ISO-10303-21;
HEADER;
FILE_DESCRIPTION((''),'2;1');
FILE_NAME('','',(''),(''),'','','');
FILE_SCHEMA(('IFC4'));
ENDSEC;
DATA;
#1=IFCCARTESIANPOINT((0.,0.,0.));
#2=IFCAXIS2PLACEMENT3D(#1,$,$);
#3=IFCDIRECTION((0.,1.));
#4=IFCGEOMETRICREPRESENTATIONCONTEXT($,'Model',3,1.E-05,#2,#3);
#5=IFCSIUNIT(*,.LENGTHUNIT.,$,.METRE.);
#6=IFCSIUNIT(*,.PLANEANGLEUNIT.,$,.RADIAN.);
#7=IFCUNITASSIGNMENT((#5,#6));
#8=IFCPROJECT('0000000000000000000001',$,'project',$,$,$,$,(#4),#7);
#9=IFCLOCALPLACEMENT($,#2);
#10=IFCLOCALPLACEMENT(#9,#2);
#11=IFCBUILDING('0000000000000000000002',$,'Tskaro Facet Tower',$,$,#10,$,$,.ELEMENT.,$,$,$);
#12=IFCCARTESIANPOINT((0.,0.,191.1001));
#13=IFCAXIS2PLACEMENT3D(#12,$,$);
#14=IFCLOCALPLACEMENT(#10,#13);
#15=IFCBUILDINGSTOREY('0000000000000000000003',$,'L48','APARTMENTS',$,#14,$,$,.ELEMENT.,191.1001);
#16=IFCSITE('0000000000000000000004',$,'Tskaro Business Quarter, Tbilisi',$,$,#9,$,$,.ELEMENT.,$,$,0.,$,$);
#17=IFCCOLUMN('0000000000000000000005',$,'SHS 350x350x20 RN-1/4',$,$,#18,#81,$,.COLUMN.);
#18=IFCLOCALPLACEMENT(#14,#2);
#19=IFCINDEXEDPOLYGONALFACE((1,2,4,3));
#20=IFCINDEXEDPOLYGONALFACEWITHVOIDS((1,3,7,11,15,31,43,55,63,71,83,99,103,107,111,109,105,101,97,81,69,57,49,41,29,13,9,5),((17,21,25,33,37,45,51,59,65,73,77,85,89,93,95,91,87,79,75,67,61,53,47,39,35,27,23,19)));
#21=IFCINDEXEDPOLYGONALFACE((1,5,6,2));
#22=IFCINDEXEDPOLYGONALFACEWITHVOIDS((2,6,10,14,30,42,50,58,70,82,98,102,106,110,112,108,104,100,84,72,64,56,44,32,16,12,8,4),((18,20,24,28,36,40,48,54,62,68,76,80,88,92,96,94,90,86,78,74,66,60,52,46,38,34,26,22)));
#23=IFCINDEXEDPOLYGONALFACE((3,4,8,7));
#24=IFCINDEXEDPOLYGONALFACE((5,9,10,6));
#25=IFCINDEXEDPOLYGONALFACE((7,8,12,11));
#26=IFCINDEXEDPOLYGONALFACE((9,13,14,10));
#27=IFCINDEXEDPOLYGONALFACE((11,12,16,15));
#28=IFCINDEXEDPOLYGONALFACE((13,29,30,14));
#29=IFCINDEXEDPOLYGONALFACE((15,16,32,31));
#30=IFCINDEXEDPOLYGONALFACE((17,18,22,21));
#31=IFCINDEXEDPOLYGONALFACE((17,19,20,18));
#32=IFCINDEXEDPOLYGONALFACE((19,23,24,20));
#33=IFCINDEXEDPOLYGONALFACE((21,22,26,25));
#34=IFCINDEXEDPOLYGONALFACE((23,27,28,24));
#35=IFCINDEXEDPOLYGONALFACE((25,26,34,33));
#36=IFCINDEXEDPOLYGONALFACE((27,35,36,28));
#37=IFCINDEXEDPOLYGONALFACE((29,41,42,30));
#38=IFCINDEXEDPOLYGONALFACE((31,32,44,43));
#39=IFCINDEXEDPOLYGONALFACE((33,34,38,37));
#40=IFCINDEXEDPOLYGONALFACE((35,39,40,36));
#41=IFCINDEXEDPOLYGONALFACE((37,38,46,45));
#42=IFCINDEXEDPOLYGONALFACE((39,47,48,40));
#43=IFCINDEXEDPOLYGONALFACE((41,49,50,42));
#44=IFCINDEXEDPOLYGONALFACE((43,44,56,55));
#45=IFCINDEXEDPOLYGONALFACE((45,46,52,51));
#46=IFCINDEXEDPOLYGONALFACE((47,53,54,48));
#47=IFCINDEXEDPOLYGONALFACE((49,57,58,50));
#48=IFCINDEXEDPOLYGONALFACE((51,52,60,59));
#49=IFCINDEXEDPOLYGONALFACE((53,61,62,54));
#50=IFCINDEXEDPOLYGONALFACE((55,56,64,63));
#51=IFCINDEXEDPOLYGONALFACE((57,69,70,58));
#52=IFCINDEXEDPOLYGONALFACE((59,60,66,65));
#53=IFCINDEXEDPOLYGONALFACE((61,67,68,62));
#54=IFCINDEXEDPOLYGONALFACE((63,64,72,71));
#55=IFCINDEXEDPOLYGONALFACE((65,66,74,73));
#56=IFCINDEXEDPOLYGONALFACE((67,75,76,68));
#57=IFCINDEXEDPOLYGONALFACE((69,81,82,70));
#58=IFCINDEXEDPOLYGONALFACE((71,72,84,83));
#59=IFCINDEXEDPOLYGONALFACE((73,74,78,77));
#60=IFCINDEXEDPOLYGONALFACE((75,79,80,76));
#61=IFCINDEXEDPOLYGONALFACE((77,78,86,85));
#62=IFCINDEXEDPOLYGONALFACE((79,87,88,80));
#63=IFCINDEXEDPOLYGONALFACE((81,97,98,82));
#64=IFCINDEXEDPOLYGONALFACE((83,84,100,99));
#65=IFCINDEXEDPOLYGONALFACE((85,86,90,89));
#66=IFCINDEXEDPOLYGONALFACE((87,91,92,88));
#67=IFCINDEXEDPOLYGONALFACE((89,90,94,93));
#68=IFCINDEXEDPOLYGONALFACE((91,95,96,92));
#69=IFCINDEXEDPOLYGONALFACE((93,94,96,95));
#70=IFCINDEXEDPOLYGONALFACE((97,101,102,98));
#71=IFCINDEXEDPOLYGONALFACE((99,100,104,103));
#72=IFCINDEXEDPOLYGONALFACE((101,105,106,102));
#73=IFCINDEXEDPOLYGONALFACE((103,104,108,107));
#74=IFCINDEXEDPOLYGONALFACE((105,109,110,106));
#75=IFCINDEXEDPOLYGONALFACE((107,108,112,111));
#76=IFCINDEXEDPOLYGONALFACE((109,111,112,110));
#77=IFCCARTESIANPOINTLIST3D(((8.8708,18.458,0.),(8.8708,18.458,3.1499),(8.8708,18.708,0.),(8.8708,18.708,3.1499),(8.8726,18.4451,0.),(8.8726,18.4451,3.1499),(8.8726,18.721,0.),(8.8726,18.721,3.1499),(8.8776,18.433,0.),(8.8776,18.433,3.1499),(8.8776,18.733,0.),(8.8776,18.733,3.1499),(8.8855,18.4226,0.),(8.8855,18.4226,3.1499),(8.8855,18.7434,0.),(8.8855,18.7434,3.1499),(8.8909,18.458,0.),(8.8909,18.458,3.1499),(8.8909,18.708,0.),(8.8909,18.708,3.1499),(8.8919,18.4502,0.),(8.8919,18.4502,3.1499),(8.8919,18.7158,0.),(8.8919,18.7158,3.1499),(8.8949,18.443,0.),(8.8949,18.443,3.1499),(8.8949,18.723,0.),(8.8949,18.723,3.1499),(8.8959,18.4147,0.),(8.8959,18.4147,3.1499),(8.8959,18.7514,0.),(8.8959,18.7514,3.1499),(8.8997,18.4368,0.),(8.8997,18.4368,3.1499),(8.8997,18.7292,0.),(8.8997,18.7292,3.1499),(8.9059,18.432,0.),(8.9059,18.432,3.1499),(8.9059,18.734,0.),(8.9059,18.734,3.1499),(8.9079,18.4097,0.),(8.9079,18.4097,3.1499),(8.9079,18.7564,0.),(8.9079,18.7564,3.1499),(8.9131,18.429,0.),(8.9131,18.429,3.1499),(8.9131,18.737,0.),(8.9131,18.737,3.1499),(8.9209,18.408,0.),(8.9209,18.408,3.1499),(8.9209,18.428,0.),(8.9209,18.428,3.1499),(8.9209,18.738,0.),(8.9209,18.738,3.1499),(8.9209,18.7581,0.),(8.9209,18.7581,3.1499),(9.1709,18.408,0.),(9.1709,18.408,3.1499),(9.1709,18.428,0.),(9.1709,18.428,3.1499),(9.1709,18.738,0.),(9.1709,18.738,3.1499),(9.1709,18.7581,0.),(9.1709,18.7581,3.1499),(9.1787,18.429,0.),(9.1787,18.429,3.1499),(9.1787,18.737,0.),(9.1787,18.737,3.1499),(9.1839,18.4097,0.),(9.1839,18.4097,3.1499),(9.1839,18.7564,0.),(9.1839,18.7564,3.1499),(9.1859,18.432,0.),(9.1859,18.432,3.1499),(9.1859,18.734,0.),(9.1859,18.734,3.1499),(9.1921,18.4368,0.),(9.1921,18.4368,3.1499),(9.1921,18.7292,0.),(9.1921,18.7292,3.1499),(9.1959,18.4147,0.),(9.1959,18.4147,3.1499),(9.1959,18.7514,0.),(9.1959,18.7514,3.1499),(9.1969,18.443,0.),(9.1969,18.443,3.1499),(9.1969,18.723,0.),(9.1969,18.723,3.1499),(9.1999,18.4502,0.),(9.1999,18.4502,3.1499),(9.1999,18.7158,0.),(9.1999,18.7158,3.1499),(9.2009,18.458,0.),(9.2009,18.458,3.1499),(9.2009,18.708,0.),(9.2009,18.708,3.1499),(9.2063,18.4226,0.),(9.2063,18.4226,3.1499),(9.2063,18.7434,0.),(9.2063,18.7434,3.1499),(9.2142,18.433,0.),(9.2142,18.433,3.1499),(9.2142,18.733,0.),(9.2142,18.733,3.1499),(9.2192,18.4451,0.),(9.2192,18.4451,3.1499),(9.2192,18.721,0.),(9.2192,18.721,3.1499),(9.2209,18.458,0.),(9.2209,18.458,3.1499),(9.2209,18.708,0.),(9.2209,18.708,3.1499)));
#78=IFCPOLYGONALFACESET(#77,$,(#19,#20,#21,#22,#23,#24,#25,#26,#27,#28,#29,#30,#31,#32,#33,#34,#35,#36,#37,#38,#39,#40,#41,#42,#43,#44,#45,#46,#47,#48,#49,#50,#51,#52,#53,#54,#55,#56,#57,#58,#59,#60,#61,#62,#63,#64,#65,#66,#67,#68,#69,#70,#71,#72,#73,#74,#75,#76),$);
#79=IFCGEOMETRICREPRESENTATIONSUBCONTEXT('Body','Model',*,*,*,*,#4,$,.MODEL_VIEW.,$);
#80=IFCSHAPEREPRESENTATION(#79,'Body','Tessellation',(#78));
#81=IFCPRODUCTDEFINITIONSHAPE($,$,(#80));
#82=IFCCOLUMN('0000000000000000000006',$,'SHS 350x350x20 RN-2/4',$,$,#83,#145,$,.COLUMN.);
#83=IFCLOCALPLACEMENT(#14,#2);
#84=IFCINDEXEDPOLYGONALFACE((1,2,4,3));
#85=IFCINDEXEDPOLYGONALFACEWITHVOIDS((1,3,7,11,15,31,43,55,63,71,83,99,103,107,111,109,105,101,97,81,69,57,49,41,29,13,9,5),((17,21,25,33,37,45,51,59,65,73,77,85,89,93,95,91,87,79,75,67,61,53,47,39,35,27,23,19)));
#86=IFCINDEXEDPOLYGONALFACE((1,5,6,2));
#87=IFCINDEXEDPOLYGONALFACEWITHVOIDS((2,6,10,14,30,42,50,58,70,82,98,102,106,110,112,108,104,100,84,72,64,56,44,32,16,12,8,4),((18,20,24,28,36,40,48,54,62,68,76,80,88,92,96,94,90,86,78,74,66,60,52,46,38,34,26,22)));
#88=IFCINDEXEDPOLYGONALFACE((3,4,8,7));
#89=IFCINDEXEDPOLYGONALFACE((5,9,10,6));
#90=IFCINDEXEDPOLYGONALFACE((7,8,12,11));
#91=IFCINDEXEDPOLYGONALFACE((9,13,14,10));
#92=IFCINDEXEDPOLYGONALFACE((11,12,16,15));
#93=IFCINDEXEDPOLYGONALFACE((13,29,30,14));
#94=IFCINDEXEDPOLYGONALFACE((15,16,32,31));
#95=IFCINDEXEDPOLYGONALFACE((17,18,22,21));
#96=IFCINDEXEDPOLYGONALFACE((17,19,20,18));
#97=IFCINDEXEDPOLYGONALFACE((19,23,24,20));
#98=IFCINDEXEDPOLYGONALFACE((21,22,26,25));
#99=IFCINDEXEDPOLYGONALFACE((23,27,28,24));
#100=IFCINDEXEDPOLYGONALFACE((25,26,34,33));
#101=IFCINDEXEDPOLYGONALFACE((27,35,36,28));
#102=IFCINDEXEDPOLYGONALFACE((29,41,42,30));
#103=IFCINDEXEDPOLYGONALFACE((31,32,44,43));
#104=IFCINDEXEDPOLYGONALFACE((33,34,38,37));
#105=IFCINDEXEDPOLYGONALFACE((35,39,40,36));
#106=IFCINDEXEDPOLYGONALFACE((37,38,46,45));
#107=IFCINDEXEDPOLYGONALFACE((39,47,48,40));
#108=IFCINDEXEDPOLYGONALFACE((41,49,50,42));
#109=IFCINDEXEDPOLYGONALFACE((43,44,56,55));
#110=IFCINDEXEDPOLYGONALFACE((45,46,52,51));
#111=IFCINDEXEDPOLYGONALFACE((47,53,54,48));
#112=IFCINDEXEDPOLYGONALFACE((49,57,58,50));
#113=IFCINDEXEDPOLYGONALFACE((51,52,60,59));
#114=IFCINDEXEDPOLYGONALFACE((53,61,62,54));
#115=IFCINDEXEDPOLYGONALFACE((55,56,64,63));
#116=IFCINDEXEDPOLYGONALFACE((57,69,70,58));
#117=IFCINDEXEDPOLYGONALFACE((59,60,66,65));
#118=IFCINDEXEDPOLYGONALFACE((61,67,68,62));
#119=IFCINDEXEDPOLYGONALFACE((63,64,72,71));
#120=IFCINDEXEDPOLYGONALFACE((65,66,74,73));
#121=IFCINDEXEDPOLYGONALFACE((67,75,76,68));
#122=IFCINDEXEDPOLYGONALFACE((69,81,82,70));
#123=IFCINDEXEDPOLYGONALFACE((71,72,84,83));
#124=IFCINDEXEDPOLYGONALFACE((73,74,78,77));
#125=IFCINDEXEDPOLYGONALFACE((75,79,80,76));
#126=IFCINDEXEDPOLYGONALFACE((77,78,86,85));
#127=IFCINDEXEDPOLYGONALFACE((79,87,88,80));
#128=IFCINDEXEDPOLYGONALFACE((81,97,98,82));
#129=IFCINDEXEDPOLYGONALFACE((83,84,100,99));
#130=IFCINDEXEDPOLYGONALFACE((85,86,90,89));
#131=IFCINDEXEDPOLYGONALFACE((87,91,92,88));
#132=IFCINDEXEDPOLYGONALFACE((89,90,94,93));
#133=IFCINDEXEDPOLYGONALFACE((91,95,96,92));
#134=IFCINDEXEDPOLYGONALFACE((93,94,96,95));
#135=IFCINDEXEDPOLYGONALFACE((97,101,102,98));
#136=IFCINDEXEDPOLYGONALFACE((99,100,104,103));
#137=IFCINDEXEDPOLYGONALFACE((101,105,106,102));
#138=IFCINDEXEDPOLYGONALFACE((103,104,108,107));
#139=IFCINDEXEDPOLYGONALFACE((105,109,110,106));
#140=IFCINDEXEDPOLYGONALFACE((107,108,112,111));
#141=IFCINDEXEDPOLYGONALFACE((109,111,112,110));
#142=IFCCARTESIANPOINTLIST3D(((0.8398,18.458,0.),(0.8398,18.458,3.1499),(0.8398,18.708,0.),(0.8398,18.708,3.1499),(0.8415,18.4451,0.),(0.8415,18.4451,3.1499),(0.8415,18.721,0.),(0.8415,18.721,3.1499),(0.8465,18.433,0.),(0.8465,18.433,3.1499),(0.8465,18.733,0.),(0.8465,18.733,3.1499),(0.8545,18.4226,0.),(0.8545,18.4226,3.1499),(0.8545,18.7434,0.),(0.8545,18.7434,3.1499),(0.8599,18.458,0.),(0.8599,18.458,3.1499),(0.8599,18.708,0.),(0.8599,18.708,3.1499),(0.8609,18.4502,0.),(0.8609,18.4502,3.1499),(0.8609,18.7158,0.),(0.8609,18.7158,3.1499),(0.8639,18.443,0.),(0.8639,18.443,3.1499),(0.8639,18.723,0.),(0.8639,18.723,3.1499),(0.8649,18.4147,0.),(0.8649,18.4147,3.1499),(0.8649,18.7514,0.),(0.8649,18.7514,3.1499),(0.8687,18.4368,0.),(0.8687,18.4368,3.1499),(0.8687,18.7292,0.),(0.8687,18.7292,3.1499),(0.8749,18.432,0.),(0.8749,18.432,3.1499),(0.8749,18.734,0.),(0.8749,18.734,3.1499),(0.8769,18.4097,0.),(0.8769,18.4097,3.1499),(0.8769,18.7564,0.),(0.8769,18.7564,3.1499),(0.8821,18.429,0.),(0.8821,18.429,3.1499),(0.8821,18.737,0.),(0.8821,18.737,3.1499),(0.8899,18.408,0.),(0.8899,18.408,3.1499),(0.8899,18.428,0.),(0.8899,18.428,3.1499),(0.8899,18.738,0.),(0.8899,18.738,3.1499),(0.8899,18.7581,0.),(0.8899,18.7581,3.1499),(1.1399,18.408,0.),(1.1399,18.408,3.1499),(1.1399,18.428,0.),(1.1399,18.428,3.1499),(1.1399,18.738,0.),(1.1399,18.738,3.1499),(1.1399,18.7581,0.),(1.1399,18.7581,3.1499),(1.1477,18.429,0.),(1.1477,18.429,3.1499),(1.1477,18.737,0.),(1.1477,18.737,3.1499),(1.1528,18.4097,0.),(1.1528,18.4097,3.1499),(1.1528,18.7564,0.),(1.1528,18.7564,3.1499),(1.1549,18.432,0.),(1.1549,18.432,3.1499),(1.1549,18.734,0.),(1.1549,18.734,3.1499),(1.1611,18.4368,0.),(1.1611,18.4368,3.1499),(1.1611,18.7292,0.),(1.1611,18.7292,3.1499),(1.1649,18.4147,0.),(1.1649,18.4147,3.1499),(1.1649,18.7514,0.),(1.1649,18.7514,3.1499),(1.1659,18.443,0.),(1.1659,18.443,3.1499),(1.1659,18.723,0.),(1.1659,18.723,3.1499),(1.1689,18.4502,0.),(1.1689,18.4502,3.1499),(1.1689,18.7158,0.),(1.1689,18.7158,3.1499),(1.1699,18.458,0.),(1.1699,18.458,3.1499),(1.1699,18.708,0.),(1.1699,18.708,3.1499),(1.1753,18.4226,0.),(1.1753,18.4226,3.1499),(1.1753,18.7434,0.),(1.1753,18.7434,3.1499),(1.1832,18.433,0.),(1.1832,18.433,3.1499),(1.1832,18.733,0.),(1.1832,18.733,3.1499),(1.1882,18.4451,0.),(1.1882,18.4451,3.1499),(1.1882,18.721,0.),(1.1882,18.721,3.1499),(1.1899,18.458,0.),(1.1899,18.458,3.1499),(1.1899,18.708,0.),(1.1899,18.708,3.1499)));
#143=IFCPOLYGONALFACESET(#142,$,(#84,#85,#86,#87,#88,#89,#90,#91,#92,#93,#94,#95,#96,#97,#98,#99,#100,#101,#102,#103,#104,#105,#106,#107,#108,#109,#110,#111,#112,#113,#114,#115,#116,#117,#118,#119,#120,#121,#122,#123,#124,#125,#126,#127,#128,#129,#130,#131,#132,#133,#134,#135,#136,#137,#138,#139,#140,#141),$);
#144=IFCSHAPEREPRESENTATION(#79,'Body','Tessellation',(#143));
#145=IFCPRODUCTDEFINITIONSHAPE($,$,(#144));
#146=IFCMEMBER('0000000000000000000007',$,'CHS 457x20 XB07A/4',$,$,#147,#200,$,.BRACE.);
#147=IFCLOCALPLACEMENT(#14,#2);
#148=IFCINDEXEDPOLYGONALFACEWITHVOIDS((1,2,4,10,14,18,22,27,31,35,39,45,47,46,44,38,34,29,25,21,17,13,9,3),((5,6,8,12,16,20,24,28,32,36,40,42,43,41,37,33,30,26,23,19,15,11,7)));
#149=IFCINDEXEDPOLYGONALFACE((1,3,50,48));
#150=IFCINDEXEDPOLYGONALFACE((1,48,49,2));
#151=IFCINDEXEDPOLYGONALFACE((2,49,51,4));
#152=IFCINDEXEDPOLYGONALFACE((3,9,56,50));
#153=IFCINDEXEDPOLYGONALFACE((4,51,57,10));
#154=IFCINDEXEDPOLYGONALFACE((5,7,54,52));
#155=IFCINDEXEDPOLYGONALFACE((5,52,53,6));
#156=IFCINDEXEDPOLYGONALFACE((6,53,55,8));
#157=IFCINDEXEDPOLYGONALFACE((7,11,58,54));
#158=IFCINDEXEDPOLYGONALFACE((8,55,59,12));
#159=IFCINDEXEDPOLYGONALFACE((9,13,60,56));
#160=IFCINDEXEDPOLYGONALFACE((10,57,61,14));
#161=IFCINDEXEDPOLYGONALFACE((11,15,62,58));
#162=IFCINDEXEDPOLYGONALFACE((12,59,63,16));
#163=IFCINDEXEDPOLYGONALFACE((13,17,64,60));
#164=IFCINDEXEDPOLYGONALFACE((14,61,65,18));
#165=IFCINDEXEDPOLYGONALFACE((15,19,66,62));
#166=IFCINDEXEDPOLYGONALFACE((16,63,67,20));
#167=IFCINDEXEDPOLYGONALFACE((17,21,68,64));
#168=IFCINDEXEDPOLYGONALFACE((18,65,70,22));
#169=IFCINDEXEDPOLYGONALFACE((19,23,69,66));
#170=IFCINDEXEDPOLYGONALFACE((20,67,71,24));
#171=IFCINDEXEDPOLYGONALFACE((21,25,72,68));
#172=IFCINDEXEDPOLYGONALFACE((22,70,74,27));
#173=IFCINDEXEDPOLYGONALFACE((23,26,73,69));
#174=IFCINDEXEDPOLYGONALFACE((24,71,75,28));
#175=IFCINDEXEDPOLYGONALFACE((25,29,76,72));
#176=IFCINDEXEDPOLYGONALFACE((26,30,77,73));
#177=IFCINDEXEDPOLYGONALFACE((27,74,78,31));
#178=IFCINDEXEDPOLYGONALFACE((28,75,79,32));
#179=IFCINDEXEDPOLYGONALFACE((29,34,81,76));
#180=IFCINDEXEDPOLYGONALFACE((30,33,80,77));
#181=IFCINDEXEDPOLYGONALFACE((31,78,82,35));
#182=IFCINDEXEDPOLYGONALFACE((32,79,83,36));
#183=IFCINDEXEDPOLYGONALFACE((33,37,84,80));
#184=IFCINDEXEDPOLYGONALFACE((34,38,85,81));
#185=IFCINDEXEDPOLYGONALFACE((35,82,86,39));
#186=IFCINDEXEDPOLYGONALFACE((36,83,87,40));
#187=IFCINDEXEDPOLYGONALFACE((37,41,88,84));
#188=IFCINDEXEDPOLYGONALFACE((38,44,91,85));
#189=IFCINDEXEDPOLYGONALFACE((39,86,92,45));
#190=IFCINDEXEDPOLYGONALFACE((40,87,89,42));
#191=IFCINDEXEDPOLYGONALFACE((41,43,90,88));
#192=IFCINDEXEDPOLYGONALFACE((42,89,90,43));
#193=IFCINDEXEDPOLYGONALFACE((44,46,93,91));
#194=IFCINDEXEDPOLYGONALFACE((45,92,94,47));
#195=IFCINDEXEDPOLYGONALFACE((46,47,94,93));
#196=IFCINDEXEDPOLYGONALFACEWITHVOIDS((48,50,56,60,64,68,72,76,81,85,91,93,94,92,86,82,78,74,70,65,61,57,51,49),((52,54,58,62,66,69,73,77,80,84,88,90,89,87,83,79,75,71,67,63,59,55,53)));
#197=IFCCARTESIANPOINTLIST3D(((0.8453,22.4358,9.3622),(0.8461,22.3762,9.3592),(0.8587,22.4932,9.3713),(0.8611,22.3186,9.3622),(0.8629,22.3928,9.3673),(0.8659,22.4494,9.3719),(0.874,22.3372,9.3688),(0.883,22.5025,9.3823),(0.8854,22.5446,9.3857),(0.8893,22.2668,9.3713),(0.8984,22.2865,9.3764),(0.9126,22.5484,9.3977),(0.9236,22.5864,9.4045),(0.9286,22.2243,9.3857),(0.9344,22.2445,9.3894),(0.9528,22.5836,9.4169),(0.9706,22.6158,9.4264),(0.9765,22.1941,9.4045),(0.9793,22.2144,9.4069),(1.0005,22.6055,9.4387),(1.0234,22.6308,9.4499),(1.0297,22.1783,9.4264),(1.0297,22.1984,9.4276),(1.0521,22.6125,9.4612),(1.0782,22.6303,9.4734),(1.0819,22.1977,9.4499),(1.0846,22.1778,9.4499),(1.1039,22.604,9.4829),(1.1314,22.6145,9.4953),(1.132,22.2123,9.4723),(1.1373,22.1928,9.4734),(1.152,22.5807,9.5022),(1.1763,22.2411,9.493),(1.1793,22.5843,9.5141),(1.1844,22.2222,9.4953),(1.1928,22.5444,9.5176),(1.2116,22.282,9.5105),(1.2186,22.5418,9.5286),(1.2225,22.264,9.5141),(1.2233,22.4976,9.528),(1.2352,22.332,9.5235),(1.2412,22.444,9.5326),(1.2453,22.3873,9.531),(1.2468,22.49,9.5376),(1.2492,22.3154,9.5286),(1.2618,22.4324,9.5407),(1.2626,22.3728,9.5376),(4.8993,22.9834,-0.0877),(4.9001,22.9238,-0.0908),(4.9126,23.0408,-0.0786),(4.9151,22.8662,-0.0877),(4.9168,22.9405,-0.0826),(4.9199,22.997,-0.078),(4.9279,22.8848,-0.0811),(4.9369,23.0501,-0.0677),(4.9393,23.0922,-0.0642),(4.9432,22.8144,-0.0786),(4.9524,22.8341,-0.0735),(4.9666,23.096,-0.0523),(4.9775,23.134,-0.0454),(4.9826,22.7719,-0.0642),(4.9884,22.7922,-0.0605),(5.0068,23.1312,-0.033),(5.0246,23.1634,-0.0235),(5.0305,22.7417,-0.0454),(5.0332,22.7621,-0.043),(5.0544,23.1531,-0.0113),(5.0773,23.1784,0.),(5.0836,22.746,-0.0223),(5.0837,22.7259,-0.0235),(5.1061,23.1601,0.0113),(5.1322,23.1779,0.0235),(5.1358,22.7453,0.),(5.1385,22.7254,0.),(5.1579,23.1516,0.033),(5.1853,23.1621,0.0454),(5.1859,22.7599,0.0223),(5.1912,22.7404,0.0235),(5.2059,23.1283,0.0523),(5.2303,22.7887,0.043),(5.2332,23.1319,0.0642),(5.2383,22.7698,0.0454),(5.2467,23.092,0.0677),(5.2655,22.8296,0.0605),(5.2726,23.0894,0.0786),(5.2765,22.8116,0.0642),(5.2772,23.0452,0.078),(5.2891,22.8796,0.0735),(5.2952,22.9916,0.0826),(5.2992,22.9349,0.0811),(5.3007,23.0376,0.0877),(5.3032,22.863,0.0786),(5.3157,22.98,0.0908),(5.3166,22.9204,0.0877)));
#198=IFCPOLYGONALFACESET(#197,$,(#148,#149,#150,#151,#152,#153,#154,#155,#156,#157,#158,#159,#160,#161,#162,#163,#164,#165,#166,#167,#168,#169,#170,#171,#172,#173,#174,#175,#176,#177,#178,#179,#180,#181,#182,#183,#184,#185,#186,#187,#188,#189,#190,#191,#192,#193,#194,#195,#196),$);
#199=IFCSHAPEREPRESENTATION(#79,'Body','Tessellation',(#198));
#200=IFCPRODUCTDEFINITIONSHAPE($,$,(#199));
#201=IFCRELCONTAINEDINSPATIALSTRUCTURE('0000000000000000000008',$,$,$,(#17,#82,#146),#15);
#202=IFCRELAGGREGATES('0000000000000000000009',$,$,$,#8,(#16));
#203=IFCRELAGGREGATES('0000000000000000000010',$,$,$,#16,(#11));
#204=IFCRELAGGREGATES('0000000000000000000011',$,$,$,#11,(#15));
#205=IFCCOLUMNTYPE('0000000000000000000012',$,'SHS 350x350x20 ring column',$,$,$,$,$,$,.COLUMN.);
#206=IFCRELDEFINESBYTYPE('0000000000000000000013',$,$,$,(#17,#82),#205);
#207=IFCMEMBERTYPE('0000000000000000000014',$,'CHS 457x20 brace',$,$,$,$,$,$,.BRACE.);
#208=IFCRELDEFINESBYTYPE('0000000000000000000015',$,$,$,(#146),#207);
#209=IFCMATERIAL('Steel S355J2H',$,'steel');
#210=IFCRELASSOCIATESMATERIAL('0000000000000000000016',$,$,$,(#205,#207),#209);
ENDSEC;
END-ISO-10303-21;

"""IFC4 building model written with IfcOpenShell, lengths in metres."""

from ifc_helpers import new_model, si_unit, direction, frame, origin, origin_2d, place, context, subcontext, project, spatial, hollow_rectangle, hollow_circle, extrude, material, material_profile, profile_set, type_object, element, save


model = new_model("IFC4")

# Units and contexts
model_context = context("Model", 3, precision=1e-05, world=origin(), true_north=direction((0.0, 1.0)))
body_context = subcontext(model_context, "Body", "Model", "MODEL_VIEW")
ifc_project = project(units=[si_unit("LENGTHUNIT", "METRE"), si_unit("PLANEANGLEUNIT", "RADIAN")], contexts=[model_context])

# Site, building, storey
site_placement = place(None, origin())
site = spatial("IfcSite", under=ifc_project, at=site_placement, Name="Tskaro Business Quarter, Tbilisi", CompositionType="ELEMENT", RefElevation=0.0)
building_placement = place(site_placement, origin())
building = spatial("IfcBuilding", under=site, at=building_placement, Name="Tskaro Facet Tower", CompositionType="ELEMENT")
storey_placement = place(building_placement, frame((0.0, 0.0, 191.1001)))
storey = spatial("IfcBuildingStorey", under=building, at=storey_placement, Name="L48", Description="APARTMENTS", CompositionType="ELEMENT", Elevation=191.1001)

# Columns
ifc_material_1 = material(Name="Steel S355J2H", Category="steel")
ifc_material_profile_1 = material_profile(ifc_material_1, hollow_rectangle(XDim=0.3501, YDim=0.3501, WallThickness=0.02, InnerFilletRadius=0.03, OuterFilletRadius=0.05, at=origin_2d()), Name="SHS 350x350x20")
ifc_profile_set_1 = profile_set([ifc_material_profile_1], Name="Steel S355J2H")
column_type = type_object("IfcColumnType", Name="SHS 350x350x20 ring column", PredefinedType="COLUMN", material=ifc_profile_set_1)
for number, where, z_axis, x_axis, name in (
    (1, (9.0459, 18.583, 0.0), (0.0, 0.0, 1.0), (1.0, 0.0, 0.0), "SHS 350x350x20 RN-1/4"),
    (2, (1.0149, 18.583, 0.0), (0.0, 0.0, 1.0), (1.0, 0.0, 0.0), "SHS 350x350x20 RN-2/4"),
):
    element("IfcColumn", number, at=place(storey_placement, frame(where, z_axis=z_axis, x_axis=x_axis)), inside=storey, type_object=column_type, Name=name, PredefinedType="COLUMN", context=body_context, shape_type="SweptSolid", body=[
        extrude(hollow_rectangle(XDim=0.3501, YDim=0.3501, WallThickness=0.02, InnerFilletRadius=0.03, OuterFilletRadius=0.05, at=origin_2d()), origin(), (0.0, 0.0, 1.0), 3.1499),
    ])

# Member
ifc_material_profile_2 = material_profile(ifc_material_1, hollow_circle(Radius=0.2285, WallThickness=0.02, at=origin_2d()), Name="CHS 457x20")
ifc_profile_set_2 = profile_set([ifc_material_profile_2], Name="Steel S355J2H")
member_type_1 = type_object("IfcMemberType", Name="CHS 457x20 brace", PredefinedType="BRACE", material=ifc_profile_set_2)
member_1_placement = place(storey_placement, frame((5.1079, 22.9519, 0.0), z_axis=(-0.393688, -0.053179, 0.917705), x_axis=(0.133864, -0.991, 0.0)))
element("IfcMember", 3, at=member_1_placement, inside=storey, type_object=member_type_1, Name="CHS 457x20 XB07A/4", PredefinedType="BRACE", context=body_context, shape_type="SweptSolid", body=[
    extrude(hollow_circle(Radius=0.2285, WallThickness=0.02, at=origin_2d()), origin(), (0.0, 0.0, 1.0), 10.2974),
])

save(model, "model.ifc")
